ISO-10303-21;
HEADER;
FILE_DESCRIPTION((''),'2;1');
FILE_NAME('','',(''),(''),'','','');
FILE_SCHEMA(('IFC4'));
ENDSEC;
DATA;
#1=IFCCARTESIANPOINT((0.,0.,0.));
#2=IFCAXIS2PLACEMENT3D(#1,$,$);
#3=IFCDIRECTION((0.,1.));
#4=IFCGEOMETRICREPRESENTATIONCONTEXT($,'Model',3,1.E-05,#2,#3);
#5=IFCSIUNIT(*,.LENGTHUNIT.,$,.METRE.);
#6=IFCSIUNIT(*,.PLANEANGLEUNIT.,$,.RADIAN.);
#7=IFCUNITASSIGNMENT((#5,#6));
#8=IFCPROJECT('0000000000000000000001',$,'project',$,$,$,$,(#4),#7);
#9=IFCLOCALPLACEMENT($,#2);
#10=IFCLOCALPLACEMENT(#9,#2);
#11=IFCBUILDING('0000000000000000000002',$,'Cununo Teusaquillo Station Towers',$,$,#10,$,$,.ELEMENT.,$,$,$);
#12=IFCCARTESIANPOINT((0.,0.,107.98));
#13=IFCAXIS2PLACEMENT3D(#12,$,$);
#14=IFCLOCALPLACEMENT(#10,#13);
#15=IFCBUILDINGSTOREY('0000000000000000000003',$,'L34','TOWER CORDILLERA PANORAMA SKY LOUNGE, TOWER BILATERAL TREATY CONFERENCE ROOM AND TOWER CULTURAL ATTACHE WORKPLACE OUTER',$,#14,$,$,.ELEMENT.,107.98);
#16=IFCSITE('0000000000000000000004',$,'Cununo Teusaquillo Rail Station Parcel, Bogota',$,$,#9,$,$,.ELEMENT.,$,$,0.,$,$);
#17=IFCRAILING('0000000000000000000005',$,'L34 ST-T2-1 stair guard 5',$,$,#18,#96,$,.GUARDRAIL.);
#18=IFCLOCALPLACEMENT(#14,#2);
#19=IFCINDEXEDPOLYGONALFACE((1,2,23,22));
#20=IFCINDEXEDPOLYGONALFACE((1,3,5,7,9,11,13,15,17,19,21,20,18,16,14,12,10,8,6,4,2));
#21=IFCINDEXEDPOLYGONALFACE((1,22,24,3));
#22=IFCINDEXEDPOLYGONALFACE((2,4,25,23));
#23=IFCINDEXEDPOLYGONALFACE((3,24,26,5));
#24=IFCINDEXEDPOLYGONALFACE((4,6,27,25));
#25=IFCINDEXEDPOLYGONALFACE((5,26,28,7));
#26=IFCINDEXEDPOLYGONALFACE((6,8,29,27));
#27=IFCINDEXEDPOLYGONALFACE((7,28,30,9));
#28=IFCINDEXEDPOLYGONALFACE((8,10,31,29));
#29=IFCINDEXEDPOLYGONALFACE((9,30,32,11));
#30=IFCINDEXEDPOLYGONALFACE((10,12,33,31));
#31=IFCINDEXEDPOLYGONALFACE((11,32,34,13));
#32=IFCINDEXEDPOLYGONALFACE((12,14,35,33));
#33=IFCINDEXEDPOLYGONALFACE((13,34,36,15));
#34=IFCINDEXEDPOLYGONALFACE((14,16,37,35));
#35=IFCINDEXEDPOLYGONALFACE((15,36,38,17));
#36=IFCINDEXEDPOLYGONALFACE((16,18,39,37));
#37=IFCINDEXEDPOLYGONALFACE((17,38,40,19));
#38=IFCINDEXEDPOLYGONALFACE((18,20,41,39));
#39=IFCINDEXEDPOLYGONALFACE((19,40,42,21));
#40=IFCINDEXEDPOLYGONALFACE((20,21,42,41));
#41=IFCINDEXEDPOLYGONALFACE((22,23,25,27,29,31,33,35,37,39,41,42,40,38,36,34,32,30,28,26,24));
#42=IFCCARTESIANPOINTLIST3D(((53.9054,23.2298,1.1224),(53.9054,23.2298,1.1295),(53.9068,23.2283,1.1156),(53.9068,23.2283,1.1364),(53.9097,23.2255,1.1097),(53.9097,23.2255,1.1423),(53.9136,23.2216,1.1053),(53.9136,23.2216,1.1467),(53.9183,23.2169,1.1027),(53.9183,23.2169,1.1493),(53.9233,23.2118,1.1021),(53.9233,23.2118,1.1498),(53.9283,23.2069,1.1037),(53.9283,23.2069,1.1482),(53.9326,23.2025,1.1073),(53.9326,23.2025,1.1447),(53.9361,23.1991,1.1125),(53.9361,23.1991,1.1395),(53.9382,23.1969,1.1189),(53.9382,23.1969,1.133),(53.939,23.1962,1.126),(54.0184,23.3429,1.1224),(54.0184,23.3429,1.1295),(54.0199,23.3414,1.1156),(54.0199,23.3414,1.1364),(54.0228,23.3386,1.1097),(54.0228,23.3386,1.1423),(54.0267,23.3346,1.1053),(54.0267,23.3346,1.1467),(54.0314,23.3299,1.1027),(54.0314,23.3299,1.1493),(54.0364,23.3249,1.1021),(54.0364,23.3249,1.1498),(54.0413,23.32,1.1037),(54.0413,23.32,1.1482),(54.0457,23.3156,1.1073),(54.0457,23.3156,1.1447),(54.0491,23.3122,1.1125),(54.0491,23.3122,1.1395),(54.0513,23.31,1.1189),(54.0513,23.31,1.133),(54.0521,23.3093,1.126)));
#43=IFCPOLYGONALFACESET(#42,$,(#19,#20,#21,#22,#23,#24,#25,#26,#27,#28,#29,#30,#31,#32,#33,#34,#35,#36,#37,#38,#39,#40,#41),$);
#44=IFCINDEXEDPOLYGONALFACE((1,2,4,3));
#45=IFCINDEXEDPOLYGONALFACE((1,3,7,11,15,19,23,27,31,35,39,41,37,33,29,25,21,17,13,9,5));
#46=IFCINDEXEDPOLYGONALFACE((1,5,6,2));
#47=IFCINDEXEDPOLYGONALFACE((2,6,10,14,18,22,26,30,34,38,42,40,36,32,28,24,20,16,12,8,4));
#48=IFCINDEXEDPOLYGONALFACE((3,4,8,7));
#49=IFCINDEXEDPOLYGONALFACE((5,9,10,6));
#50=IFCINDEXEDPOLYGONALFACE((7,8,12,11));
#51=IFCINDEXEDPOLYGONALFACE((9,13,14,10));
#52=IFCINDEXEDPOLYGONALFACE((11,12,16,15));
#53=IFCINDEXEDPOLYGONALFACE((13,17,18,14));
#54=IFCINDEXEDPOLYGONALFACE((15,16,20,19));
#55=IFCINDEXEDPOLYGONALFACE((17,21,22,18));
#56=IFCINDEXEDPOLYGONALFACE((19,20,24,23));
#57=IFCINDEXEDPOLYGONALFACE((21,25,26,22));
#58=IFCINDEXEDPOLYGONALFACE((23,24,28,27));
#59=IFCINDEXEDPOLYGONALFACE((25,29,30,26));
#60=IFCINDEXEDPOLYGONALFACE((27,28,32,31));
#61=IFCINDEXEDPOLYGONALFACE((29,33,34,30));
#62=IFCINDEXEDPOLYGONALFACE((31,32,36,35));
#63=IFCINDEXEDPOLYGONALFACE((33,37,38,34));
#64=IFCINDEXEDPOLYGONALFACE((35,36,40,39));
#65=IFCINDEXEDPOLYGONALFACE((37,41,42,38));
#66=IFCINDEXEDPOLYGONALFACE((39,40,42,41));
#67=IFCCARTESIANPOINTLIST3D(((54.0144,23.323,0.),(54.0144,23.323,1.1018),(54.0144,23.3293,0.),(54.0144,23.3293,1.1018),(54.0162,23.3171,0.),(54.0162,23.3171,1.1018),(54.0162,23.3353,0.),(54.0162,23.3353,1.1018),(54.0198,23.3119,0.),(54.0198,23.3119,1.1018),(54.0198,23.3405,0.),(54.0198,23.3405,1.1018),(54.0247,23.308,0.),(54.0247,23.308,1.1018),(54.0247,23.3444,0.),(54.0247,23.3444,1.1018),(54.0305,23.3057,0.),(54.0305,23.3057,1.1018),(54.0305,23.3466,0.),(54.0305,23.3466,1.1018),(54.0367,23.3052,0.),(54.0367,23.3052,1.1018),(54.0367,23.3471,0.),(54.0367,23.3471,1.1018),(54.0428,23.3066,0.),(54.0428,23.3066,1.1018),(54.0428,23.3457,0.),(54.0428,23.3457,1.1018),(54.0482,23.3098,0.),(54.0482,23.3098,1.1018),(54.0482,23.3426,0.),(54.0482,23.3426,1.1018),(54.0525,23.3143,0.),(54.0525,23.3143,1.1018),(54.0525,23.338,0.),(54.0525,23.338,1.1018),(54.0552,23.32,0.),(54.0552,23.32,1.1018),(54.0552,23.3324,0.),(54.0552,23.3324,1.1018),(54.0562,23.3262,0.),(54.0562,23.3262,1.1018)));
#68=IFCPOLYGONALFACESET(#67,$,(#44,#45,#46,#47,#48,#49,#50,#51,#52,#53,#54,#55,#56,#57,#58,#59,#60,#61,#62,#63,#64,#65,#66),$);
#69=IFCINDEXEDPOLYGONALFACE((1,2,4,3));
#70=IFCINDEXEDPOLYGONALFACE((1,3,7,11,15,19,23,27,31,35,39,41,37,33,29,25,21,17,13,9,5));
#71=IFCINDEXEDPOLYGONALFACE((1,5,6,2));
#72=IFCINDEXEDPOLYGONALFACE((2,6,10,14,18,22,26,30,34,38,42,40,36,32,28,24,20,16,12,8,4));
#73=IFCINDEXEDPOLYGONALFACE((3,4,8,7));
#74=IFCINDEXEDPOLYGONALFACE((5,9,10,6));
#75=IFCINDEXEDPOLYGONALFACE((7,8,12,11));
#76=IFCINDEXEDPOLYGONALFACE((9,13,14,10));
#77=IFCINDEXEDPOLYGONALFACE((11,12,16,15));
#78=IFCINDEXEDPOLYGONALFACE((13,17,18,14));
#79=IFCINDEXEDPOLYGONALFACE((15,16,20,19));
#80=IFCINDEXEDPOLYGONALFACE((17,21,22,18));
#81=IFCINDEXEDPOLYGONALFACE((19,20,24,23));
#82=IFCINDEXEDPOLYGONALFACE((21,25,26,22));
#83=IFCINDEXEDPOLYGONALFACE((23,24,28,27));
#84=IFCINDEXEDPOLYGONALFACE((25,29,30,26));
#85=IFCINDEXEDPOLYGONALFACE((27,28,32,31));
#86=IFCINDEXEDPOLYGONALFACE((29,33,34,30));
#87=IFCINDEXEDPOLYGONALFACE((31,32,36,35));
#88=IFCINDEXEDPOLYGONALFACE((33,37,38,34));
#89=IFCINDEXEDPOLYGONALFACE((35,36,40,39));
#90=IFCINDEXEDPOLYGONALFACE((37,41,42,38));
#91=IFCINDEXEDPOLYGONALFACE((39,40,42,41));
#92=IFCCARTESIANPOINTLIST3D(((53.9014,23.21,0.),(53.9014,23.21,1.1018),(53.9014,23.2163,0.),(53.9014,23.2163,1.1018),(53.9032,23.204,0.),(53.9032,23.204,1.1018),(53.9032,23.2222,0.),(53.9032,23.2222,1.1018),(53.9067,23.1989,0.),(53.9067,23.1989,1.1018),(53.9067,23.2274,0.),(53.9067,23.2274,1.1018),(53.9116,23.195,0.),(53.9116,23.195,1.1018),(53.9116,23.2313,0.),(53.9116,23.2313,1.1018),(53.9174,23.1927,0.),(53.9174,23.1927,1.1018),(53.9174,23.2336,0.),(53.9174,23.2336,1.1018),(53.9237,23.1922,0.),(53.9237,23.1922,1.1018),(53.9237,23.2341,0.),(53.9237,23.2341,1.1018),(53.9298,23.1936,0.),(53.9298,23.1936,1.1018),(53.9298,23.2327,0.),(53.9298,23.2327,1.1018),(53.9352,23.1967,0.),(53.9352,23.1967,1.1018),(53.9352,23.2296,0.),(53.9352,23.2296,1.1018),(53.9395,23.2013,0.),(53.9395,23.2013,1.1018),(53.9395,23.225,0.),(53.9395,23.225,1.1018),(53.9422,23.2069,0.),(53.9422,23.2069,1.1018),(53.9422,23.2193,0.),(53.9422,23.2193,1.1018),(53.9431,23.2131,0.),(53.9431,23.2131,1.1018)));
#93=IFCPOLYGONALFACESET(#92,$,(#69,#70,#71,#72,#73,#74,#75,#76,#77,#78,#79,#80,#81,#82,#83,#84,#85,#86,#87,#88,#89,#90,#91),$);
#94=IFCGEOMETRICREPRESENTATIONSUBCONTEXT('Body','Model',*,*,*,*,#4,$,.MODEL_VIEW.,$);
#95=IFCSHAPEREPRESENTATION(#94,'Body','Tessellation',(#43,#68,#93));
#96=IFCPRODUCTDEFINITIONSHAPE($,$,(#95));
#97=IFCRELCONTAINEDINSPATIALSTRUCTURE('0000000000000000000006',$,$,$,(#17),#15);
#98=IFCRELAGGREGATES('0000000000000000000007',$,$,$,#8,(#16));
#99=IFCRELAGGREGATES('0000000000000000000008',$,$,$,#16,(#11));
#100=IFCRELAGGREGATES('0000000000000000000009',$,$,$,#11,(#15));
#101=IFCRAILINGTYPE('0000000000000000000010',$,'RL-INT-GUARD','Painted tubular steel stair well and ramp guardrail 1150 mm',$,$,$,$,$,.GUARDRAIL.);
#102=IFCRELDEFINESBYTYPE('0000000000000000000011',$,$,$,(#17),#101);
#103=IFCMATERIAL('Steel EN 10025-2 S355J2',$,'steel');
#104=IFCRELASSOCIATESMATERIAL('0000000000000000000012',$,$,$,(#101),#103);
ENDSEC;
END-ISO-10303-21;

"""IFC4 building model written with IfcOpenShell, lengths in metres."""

from ifc_helpers import new_model, si_unit, direction, frame, origin, origin_2d, place, context, subcontext, project, spatial, circle, extrude, material, type_object, element, save


model = new_model("IFC4")

# Units and contexts
model_context = context("Model", 3, precision=1e-05, world=origin(), true_north=direction((0.0, 1.0)))
body_context = subcontext(model_context, "Body", "Model", "MODEL_VIEW")
ifc_project = project(units=[si_unit("LENGTHUNIT", "METRE"), si_unit("PLANEANGLEUNIT", "RADIAN")], contexts=[model_context])

# Site, building, storey
site_placement = place(None, origin())
site = spatial("IfcSite", under=ifc_project, at=site_placement, Name="Cununo Teusaquillo Rail Station Parcel, Bogota", CompositionType="ELEMENT", RefElevation=0.0)
building_placement = place(site_placement, origin())
building = spatial("IfcBuilding", under=site, at=building_placement, Name="Cununo Teusaquillo Station Towers", CompositionType="ELEMENT")
storey_placement = place(building_placement, frame((0.0, 0.0, 107.98)))
storey = spatial("IfcBuildingStorey", under=building, at=storey_placement, Name="L34", Description="TOWER CORDILLERA PANORAMA SKY LOUNGE, TOWER BILATERAL TREATY CONFERENCE ROOM AND TOWER CULTURAL ATTACHE WORKPLACE OUTER", CompositionType="ELEMENT", Elevation=107.98)

# Railing
ifc_material_1 = material(Name="Steel EN 10025-2 S355J2", Category="steel")
railing_type_1 = type_object("IfcRailingType", Name="RL-INT-GUARD", Description="Painted tubular steel stair well and ramp guardrail 1150 mm", PredefinedType="GUARDRAIL", material=ifc_material_1)
railing_1_placement = place(storey_placement, frame((54.0352, 23.3262, 0.0)))
element("IfcRailing", 1, at=railing_1_placement, inside=storey, type_object=railing_type_1, Name="L34 ST-T2-1 stair guard 5", PredefinedType="GUARDRAIL", context=body_context, shape_type="SweptSolid", body=[
    extrude(circle(Radius=0.0239, at=origin_2d()), frame((0.0, 0.0, 1.126), z_axis=(-0.707107, -0.707107, 0.0), x_axis=(0.707107, -0.707107, 0.0)), (0.0, 0.0, 1.0), 0.1599),
    extrude(circle(Radius=0.021, at=origin_2d()), origin(), (0.0, 0.0, 1.0), 1.1018),
    extrude(circle(Radius=0.021, at=origin_2d()), frame((-0.113, -0.113, 0.0)), (0.0, 0.0, 1.0), 1.1018),
])

save(model, "model.ifc")
